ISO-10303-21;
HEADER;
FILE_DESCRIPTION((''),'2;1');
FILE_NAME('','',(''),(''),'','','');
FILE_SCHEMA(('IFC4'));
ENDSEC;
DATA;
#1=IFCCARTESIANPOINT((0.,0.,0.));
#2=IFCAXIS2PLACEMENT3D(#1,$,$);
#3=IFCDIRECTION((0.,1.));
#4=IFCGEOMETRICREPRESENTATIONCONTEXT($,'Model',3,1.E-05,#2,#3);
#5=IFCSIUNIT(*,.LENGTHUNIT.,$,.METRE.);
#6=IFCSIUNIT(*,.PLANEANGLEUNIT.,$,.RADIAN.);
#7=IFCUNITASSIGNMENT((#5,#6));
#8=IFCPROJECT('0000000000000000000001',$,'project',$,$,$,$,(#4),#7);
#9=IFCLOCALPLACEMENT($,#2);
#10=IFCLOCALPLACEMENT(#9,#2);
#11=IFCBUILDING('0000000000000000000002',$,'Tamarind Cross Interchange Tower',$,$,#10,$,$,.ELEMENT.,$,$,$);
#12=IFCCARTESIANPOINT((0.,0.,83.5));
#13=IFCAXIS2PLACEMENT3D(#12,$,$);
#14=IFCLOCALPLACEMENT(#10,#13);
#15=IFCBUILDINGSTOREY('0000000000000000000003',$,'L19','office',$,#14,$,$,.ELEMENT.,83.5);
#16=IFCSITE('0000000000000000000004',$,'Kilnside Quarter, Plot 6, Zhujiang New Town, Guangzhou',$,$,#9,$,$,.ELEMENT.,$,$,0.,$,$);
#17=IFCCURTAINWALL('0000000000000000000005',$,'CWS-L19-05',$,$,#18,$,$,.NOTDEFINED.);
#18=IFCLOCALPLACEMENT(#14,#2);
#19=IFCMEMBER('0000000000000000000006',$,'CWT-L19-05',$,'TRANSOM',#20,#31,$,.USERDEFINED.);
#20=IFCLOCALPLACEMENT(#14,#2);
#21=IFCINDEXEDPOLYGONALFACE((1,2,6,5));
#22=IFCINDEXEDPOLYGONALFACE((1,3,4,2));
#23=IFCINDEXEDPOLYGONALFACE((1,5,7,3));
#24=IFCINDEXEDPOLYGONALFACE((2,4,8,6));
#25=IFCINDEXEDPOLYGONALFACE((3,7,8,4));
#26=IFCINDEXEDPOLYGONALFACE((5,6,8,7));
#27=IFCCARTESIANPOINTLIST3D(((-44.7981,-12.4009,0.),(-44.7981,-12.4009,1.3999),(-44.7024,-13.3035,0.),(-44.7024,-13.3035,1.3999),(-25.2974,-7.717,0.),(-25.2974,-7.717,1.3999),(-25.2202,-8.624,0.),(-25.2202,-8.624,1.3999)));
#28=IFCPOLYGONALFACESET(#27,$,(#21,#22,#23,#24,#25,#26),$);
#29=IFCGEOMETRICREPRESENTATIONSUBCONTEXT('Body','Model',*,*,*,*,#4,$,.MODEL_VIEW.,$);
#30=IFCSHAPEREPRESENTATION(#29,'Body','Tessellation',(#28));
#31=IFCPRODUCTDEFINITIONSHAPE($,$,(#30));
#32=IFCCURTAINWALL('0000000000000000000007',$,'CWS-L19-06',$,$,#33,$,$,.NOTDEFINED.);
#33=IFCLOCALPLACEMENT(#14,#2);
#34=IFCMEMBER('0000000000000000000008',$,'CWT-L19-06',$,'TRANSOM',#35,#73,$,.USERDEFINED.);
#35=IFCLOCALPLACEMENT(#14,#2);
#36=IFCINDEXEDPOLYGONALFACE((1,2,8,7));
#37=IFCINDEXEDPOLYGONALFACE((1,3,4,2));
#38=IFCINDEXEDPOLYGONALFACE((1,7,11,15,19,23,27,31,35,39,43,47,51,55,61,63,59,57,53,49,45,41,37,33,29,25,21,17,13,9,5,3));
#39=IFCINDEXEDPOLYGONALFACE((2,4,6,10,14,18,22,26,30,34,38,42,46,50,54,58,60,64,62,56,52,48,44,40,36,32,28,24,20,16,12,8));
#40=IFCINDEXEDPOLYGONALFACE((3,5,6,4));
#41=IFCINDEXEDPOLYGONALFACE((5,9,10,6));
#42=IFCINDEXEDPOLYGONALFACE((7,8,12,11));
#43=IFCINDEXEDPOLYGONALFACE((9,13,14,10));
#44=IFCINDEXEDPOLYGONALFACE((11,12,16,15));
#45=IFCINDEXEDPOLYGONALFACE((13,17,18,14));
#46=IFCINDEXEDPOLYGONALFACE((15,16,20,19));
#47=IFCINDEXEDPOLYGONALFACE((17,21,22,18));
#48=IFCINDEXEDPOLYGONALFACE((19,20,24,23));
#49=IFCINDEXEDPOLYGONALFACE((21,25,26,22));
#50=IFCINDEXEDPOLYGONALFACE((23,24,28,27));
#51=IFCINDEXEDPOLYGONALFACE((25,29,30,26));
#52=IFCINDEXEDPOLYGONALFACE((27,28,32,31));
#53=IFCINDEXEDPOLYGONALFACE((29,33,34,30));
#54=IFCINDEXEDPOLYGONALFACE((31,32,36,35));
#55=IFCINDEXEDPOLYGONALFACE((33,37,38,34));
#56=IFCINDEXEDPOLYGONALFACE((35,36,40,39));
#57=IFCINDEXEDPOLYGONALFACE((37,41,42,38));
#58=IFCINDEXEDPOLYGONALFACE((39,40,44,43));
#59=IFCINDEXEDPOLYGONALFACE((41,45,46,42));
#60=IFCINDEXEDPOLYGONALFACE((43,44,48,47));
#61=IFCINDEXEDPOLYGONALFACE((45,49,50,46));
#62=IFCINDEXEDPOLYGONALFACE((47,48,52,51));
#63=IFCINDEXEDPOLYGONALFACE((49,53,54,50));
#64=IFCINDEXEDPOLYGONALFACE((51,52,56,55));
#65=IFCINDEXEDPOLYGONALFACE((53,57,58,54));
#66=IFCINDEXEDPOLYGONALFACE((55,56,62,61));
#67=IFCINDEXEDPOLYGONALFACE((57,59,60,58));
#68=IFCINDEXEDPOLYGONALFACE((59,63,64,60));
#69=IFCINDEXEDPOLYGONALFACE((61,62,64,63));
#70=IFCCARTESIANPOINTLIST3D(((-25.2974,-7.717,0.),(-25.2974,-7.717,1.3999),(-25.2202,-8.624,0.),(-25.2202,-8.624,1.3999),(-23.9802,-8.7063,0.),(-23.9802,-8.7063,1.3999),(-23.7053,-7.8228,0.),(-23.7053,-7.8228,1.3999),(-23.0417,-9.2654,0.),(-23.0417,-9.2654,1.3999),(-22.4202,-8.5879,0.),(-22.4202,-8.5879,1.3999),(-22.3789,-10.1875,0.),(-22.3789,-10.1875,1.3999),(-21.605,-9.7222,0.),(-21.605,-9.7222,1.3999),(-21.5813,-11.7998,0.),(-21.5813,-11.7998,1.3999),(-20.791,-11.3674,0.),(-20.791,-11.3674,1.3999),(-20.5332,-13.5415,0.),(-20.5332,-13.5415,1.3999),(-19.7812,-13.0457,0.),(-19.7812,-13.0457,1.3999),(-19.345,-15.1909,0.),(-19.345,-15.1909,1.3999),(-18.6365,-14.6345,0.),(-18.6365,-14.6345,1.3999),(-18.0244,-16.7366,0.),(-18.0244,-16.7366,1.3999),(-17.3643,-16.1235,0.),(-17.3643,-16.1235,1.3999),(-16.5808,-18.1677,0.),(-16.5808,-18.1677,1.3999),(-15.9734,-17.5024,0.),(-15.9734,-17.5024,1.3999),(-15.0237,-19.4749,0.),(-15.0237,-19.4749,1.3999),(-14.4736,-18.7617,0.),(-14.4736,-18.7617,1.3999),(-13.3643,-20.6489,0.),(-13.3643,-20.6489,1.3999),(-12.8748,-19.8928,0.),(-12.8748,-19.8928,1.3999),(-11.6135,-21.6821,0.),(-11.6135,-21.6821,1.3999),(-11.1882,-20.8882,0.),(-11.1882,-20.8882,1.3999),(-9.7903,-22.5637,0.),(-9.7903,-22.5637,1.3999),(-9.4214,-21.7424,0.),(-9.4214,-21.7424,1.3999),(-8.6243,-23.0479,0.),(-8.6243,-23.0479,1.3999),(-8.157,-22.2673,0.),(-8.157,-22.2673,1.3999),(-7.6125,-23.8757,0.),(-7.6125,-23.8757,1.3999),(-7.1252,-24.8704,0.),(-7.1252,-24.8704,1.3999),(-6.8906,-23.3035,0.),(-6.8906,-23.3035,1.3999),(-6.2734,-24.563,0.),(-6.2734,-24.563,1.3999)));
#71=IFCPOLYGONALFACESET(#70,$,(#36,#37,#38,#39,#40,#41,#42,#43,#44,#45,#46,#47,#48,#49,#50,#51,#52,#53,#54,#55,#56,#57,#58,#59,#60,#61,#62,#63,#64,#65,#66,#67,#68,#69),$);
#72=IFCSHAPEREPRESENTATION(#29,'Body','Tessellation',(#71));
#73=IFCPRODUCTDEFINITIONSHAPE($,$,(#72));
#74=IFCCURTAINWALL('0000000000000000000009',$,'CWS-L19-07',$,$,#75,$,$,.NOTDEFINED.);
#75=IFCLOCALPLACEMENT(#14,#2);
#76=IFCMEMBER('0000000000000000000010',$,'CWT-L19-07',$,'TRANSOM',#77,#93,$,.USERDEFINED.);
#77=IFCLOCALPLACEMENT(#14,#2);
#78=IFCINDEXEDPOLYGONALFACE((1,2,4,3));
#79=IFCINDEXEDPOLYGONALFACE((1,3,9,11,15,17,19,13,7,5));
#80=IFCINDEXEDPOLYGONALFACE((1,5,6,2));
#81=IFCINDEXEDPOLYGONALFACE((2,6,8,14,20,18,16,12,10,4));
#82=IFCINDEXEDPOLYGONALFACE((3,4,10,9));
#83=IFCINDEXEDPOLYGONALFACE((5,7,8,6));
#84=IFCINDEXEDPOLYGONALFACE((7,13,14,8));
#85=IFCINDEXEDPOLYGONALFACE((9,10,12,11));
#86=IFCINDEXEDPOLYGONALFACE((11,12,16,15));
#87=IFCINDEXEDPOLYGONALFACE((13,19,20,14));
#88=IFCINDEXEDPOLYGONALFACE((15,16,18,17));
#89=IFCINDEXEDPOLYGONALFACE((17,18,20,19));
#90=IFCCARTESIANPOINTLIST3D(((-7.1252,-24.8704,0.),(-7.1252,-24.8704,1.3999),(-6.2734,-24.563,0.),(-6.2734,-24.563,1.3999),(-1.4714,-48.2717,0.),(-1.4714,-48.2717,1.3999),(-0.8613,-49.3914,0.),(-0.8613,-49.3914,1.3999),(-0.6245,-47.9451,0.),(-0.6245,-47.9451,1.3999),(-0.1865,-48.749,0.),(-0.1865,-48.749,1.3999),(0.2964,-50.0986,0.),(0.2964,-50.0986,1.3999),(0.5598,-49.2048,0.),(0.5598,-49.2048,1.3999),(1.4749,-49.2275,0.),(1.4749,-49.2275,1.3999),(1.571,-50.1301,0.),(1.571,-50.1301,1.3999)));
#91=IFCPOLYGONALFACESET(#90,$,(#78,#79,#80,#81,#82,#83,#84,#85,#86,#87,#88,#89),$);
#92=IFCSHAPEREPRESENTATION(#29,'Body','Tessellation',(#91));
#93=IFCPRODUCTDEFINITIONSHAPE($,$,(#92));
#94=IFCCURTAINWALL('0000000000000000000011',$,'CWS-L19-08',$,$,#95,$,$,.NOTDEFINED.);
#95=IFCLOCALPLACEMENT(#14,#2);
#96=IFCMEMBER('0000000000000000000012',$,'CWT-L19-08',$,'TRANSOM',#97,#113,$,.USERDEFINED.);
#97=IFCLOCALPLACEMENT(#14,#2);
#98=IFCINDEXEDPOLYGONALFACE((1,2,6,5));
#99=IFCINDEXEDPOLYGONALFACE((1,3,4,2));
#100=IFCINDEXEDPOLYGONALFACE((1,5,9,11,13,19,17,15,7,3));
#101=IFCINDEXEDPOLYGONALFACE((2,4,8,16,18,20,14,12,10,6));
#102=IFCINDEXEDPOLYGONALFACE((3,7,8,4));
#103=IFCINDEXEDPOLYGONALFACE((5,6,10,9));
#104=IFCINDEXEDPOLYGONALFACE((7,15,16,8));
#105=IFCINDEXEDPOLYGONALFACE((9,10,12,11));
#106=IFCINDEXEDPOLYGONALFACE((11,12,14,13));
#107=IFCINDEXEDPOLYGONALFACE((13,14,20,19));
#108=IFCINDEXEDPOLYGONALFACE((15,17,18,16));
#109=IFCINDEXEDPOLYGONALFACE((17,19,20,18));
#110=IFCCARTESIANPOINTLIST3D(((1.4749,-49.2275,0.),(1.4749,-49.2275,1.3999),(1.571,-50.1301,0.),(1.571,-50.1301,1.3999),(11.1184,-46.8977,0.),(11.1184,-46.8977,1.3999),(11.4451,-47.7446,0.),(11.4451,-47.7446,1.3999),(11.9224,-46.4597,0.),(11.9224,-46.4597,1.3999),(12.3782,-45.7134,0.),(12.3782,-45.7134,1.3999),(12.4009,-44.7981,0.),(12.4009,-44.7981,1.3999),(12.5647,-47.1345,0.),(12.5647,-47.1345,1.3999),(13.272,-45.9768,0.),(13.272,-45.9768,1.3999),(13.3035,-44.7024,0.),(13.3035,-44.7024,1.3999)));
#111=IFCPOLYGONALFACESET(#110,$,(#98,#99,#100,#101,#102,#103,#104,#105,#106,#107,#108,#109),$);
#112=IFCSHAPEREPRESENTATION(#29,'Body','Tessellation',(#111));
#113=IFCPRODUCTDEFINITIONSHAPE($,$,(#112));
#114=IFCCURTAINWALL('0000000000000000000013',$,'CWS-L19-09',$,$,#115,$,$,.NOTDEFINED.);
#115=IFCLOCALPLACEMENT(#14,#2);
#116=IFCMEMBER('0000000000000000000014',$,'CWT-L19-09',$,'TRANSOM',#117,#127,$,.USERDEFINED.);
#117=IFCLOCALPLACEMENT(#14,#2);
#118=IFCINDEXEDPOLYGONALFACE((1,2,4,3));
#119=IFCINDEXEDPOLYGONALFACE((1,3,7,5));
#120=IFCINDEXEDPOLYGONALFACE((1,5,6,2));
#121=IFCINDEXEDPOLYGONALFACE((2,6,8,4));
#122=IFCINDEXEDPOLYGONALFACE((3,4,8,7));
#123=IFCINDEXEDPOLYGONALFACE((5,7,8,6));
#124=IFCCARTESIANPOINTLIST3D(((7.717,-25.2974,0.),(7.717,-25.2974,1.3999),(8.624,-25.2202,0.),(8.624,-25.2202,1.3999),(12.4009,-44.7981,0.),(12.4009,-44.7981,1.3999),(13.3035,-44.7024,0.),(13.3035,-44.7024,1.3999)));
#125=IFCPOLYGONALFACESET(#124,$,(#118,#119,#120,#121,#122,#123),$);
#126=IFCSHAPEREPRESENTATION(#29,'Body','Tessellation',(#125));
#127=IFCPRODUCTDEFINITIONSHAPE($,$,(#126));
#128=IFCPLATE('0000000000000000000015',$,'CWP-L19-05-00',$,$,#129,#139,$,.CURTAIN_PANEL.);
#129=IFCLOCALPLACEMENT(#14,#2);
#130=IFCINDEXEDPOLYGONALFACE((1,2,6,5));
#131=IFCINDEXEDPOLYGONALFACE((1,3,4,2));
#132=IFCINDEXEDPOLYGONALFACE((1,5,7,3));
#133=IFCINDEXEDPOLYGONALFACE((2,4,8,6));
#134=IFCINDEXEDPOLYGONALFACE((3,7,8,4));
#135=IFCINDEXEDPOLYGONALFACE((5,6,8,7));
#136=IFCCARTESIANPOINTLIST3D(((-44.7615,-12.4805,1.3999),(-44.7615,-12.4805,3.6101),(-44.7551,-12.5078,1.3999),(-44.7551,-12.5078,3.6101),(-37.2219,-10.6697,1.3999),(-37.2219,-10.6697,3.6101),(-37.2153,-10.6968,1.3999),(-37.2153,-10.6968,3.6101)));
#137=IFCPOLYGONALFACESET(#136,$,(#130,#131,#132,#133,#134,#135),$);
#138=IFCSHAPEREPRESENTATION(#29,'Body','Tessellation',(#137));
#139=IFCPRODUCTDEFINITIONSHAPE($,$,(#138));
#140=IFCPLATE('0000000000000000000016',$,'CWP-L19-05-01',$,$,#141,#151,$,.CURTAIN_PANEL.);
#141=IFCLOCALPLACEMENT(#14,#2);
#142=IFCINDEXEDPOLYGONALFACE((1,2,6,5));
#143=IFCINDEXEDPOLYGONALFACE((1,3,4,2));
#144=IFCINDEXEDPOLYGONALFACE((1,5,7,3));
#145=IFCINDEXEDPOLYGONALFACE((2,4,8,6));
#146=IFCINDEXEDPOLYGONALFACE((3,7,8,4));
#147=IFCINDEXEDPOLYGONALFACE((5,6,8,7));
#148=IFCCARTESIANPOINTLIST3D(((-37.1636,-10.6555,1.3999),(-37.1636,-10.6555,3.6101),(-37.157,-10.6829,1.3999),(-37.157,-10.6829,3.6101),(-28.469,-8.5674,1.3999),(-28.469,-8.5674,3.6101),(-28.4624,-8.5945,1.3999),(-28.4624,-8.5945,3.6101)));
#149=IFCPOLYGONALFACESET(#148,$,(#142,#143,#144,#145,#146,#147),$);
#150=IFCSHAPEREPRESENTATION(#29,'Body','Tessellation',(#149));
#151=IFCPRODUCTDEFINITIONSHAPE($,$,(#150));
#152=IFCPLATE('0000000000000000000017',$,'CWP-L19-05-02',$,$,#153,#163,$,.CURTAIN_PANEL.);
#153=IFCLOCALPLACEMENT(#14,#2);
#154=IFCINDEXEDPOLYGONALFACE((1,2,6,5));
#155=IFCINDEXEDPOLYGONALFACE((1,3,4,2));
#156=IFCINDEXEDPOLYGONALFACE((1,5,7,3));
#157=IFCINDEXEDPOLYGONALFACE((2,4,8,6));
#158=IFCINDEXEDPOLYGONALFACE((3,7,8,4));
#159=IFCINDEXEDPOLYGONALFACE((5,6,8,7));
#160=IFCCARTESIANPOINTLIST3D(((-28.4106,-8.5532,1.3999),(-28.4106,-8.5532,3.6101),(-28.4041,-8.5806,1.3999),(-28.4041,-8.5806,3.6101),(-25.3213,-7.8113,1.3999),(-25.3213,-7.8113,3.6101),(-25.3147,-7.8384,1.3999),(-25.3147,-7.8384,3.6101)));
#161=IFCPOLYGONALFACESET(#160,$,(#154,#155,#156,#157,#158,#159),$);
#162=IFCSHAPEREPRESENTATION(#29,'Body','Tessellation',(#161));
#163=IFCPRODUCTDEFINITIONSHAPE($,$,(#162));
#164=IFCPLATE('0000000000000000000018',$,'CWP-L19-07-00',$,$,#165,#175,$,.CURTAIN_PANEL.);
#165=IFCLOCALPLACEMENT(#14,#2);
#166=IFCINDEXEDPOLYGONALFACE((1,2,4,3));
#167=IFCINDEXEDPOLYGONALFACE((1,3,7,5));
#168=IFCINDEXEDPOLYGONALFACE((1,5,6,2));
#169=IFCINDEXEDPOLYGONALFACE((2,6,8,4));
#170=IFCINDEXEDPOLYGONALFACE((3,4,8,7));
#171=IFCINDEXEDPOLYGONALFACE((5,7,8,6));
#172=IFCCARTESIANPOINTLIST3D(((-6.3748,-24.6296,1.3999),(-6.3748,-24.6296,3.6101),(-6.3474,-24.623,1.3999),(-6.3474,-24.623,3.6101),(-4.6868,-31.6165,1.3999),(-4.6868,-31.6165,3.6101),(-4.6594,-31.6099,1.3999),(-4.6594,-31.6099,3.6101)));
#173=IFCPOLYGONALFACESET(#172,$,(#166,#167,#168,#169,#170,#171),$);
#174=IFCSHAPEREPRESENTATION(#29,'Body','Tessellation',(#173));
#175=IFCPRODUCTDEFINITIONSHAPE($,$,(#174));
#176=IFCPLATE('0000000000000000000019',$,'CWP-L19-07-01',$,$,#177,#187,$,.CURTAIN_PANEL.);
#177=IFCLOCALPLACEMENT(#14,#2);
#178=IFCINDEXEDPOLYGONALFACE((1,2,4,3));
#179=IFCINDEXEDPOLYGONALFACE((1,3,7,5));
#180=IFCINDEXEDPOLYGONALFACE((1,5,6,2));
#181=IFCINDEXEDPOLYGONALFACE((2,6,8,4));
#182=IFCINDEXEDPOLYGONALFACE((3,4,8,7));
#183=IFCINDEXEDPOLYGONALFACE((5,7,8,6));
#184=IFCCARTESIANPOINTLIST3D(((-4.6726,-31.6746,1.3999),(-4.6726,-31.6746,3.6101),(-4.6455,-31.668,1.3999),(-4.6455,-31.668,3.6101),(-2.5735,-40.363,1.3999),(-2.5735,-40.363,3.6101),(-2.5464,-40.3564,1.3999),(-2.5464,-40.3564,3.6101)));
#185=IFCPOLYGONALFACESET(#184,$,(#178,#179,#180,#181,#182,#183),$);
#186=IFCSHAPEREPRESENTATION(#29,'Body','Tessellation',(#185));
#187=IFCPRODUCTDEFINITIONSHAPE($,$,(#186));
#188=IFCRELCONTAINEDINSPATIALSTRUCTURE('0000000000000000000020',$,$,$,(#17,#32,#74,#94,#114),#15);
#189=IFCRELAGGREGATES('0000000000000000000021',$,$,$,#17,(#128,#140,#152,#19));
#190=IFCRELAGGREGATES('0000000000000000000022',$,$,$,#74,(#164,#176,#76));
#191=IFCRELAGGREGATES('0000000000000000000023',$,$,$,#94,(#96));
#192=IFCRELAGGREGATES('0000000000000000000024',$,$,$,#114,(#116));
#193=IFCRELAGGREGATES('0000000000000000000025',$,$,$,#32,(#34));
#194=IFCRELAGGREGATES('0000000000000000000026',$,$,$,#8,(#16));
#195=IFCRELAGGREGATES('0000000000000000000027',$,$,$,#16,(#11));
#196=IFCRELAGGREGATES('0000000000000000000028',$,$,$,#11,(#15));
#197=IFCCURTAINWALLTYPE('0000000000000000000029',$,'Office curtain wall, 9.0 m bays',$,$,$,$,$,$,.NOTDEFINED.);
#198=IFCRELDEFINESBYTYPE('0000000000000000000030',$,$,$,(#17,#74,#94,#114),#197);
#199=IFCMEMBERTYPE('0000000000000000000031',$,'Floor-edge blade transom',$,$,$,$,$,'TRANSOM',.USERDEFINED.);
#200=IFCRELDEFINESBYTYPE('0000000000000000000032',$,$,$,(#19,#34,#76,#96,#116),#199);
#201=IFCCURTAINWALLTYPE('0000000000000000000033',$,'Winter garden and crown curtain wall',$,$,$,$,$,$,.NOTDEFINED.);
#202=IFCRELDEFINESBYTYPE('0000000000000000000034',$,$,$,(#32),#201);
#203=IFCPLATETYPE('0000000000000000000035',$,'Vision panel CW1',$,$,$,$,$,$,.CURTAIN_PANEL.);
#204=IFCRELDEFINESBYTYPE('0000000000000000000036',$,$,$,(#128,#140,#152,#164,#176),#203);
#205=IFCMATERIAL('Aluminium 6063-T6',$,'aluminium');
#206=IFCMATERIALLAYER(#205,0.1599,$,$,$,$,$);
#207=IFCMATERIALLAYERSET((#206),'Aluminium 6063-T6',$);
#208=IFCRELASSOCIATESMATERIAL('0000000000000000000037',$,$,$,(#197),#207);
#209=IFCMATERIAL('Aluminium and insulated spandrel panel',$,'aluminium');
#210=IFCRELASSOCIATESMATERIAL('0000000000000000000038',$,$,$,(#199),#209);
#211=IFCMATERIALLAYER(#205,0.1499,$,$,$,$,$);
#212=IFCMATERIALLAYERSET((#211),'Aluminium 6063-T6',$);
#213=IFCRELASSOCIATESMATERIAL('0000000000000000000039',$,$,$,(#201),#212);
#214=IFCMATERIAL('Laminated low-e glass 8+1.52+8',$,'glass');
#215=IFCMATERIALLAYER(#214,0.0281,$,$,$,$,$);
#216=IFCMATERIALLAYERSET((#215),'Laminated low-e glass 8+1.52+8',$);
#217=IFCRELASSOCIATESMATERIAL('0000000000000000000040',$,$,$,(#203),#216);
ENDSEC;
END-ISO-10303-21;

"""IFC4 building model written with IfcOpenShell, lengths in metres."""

from ifc_helpers import new_model, si_unit, direction, frame, origin, place, context, subcontext, project, spatial, polyline, outline, extrude, material, layer, layer_set, type_object, element, aggregate, save


model = new_model("IFC4")

# Units and contexts
model_context = context("Model", 3, precision=1e-05, world=origin(), true_north=direction((0.0, 1.0)))
body_context = subcontext(model_context, "Body", "Model", "MODEL_VIEW")
ifc_project = project(units=[si_unit("LENGTHUNIT", "METRE"), si_unit("PLANEANGLEUNIT", "RADIAN")], contexts=[model_context])

# Site, building, storey
site_placement = place(None, origin())
site = spatial("IfcSite", under=ifc_project, at=site_placement, Name="Kilnside Quarter, Plot 6, Zhujiang New Town, Guangzhou", CompositionType="ELEMENT", RefElevation=0.0)
building_placement = place(site_placement, origin())
building = spatial("IfcBuilding", under=site, at=building_placement, Name="Tamarind Cross Interchange Tower", CompositionType="ELEMENT")
storey_placement = place(building_placement, frame((0.0, 0.0, 83.5)))
storey = spatial("IfcBuildingStorey", under=building, at=storey_placement, Name="L19", Description="office", CompositionType="ELEMENT", Elevation=83.5)

# Curtain walls, members
ifc_material_1 = material(Name="Aluminium 6063-T6", Category="aluminium")
ifc_layer_1 = layer(ifc_material_1, 0.1599)
ifc_layer_set_1 = layer_set([ifc_layer_1], Name="Aluminium 6063-T6")
curtain_wall_type_1 = type_object("IfcCurtainWallType", Name="Office curtain wall, 9.0 m bays", PredefinedType="NOTDEFINED", material=ifc_layer_set_1)
curtain_wall_1_placement = place(storey_placement, origin())
curtain_wall_1 = element("IfcCurtainWall", 1, at=curtain_wall_1_placement, inside=storey, type_object=curtain_wall_type_1, Name="CWS-L19-05", PredefinedType="NOTDEFINED")
ifc_material_2 = material(Name="Aluminium and insulated spandrel panel", Category="aluminium")
member_type = type_object("IfcMemberType", Name="Floor-edge blade transom", ElementType="TRANSOM", PredefinedType="USERDEFINED", material=ifc_material_2)
member_1_placement = place(storey_placement, origin())
member_1 = element("IfcMember", 2, at=member_1_placement, type_object=member_type, Name="CWT-L19-05", ObjectType="TRANSOM", PredefinedType="USERDEFINED", context=body_context, shape_type="SweptSolid", body=[
    extrude(outline(polyline([(-44.7981, -12.4009), (-25.2974, -7.717), (-25.2202, -8.624), (-44.7024, -13.3035), (-44.7981, -12.4009)])), origin(), (0.0, 0.0, 1.0), 1.3999),
])
ifc_layer_2 = layer(ifc_material_1, 0.1499)
ifc_layer_set_2 = layer_set([ifc_layer_2], Name="Aluminium 6063-T6")
curtain_wall_type_2 = type_object("IfcCurtainWallType", Name="Winter garden and crown curtain wall", PredefinedType="NOTDEFINED", material=ifc_layer_set_2)
curtain_wall_2_placement = place(storey_placement, origin())
curtain_wall_2 = element("IfcCurtainWall", 3, at=curtain_wall_2_placement, inside=storey, type_object=curtain_wall_type_2, Name="CWS-L19-06", PredefinedType="NOTDEFINED")
member_2_placement = place(storey_placement, origin())
member_2 = element("IfcMember", 4, at=member_2_placement, type_object=member_type, Name="CWT-L19-06", ObjectType="TRANSOM", PredefinedType="USERDEFINED", context=body_context, shape_type="SweptSolid", body=[
    extrude(outline(polyline([(-25.2974, -7.717), (-23.7053, -7.8228), (-22.4202, -8.5879), (-21.605, -9.7222), (-20.791, -11.3674), (-19.7812, -13.0457), (-18.6365, -14.6345), (-17.3643, -16.1235), (-15.9734, -17.5024), (-14.4736, -18.7617), (-12.8748, -19.8928), (-11.1882, -20.8882), (-9.4214, -21.7424), (-8.157, -22.2673), (-6.8906, -23.3035), (-6.2734, -24.563), (-7.1252, -24.8704), (-7.6125, -23.8757), (-8.6243, -23.0479), (-9.7903, -22.5637), (-11.6135, -21.6821), (-13.3643, -20.6489), (-15.0237, -19.4749), (-16.5808, -18.1677), (-18.0244, -16.7366), (-19.345, -15.1909), (-20.5332, -13.5415), (-21.5813, -11.7998), (-22.3789, -10.1875), (-23.0417, -9.2654), (-23.9802, -8.7063), (-25.2202, -8.624), (-25.2974, -7.717)])), origin(), (0.0, 0.0, 1.0), 1.3999),
])
curtain_wall_3_placement = place(storey_placement, origin())
curtain_wall_3 = element("IfcCurtainWall", 5, at=curtain_wall_3_placement, inside=storey, type_object=curtain_wall_type_1, Name="CWS-L19-07", PredefinedType="NOTDEFINED")
member_3_placement = place(storey_placement, origin())
member_3 = element("IfcMember", 6, at=member_3_placement, type_object=member_type, Name="CWT-L19-07", ObjectType="TRANSOM", PredefinedType="USERDEFINED", context=body_context, shape_type="SweptSolid", body=[
    extrude(outline(polyline([(-6.2734, -24.563), (-0.6245, -47.9451), (-0.1865, -48.749), (0.5598, -49.2048), (1.4749, -49.2275), (1.571, -50.1301), (0.2964, -50.0986), (-0.8613, -49.3914), (-1.4714, -48.2717), (-7.1252, -24.8704), (-6.2734, -24.563)])), origin(), (0.0, 0.0, 1.0), 1.3999),
])
curtain_wall_4_placement = place(storey_placement, origin())
curtain_wall_4 = element("IfcCurtainWall", 7, at=curtain_wall_4_placement, inside=storey, type_object=curtain_wall_type_1, Name="CWS-L19-08", PredefinedType="NOTDEFINED")
member_4_placement = place(storey_placement, origin())
member_4 = element("IfcMember", 8, at=member_4_placement, type_object=member_type, Name="CWT-L19-08", ObjectType="TRANSOM", PredefinedType="USERDEFINED", context=body_context, shape_type="SweptSolid", body=[
    extrude(outline(polyline([(1.4749, -49.2275), (11.1184, -46.8977), (11.9224, -46.4597), (12.3782, -45.7134), (12.4009, -44.7981), (13.3035, -44.7024), (13.272, -45.9768), (12.5647, -47.1345), (11.4451, -47.7446), (1.571, -50.1301), (1.4749, -49.2275)])), origin(), (0.0, 0.0, 1.0), 1.3999),
])
curtain_wall_5_placement = place(storey_placement, origin())
curtain_wall_5 = element("IfcCurtainWall", 9, at=curtain_wall_5_placement, inside=storey, type_object=curtain_wall_type_1, Name="CWS-L19-09", PredefinedType="NOTDEFINED")
member_5_placement = place(storey_placement, origin())
member_5 = element("IfcMember", 10, at=member_5_placement, type_object=member_type, Name="CWT-L19-09", ObjectType="TRANSOM", PredefinedType="USERDEFINED", context=body_context, shape_type="SweptSolid", body=[
    extrude(outline(polyline([(12.4009, -44.7981), (7.717, -25.2974), (8.624, -25.2202), (13.3035, -44.7024), (12.4009, -44.7981)])), origin(), (0.0, 0.0, 1.0), 1.3999),
])

# Plates
ifc_material_3 = material(Name="Laminated low-e glass 8+1.52+8", Category="glass")
ifc_layer_3 = layer(ifc_material_3, 0.0281)
ifc_layer_set_3 = layer_set([ifc_layer_3], Name="Laminated low-e glass 8+1.52+8")
plate_type_1 = type_object("IfcPlateType", Name="Vision panel CW1", PredefinedType="CURTAIN_PANEL", material=ifc_layer_set_3)
plate_1_placement = place(storey_placement, frame((0.0, 0.0, 1.3999)))
plate_1 = element("IfcPlate", 11, at=plate_1_placement, type_object=plate_type_1, Name="CWP-L19-05-00", PredefinedType="CURTAIN_PANEL", context=body_context, shape_type="SweptSolid", body=[
    extrude(outline(polyline([(-44.7615, -12.4805), (-37.2219, -10.6697), (-37.2153, -10.6968), (-44.7551, -12.5078), (-44.7615, -12.4805)])), origin(), (0.0, 0.0, 1.0), 2.2102),
])
plate_2_placement = place(storey_placement, frame((0.0, 0.0, 1.3999)))
plate_2 = element("IfcPlate", 12, at=plate_2_placement, type_object=plate_type_1, Name="CWP-L19-05-01", PredefinedType="CURTAIN_PANEL", context=body_context, shape_type="SweptSolid", body=[
    extrude(outline(polyline([(-37.1636, -10.6555), (-28.469, -8.5674), (-28.4624, -8.5945), (-37.157, -10.6829), (-37.1636, -10.6555)])), origin(), (0.0, 0.0, 1.0), 2.2102),
])
plate_3_placement = place(storey_placement, frame((0.0, 0.0, 1.3999)))
plate_3 = element("IfcPlate", 13, at=plate_3_placement, type_object=plate_type_1, Name="CWP-L19-05-02", PredefinedType="CURTAIN_PANEL", context=body_context, shape_type="SweptSolid", body=[
    extrude(outline(polyline([(-28.4106, -8.5532), (-25.3213, -7.8113), (-25.3147, -7.8384), (-28.4041, -8.5806), (-28.4106, -8.5532)])), origin(), (0.0, 0.0, 1.0), 2.2102),
])
aggregate(curtain_wall_1, [plate_1, plate_2, plate_3, member_1])
plate_4_placement = place(storey_placement, frame((0.0, 0.0, 1.3999)))
plate_4 = element("IfcPlate", 14, at=plate_4_placement, type_object=plate_type_1, Name="CWP-L19-07-00", PredefinedType="CURTAIN_PANEL", context=body_context, shape_type="SweptSolid", body=[
    extrude(outline(polyline([(-6.3474, -24.623), (-4.6594, -31.6099), (-4.6868, -31.6165), (-6.3748, -24.6296), (-6.3474, -24.623)])), origin(), (0.0, 0.0, 1.0), 2.2102),
])
plate_5_placement = place(storey_placement, frame((0.0, 0.0, 1.3999)))
plate_5 = element("IfcPlate", 15, at=plate_5_placement, type_object=plate_type_1, Name="CWP-L19-07-01", PredefinedType="CURTAIN_PANEL", context=body_context, shape_type="SweptSolid", body=[
    extrude(outline(polyline([(-4.6455, -31.668), (-2.5464, -40.3564), (-2.5735, -40.363), (-4.6726, -31.6746), (-4.6455, -31.668)])), origin(), (0.0, 0.0, 1.0), 2.2102),
])
aggregate(curtain_wall_3, [plate_4, plate_5, member_3])
aggregate(curtain_wall_4, [member_4])
aggregate(curtain_wall_5, [member_5])
aggregate(curtain_wall_2, [member_2])

save(model, "model.ifc")
